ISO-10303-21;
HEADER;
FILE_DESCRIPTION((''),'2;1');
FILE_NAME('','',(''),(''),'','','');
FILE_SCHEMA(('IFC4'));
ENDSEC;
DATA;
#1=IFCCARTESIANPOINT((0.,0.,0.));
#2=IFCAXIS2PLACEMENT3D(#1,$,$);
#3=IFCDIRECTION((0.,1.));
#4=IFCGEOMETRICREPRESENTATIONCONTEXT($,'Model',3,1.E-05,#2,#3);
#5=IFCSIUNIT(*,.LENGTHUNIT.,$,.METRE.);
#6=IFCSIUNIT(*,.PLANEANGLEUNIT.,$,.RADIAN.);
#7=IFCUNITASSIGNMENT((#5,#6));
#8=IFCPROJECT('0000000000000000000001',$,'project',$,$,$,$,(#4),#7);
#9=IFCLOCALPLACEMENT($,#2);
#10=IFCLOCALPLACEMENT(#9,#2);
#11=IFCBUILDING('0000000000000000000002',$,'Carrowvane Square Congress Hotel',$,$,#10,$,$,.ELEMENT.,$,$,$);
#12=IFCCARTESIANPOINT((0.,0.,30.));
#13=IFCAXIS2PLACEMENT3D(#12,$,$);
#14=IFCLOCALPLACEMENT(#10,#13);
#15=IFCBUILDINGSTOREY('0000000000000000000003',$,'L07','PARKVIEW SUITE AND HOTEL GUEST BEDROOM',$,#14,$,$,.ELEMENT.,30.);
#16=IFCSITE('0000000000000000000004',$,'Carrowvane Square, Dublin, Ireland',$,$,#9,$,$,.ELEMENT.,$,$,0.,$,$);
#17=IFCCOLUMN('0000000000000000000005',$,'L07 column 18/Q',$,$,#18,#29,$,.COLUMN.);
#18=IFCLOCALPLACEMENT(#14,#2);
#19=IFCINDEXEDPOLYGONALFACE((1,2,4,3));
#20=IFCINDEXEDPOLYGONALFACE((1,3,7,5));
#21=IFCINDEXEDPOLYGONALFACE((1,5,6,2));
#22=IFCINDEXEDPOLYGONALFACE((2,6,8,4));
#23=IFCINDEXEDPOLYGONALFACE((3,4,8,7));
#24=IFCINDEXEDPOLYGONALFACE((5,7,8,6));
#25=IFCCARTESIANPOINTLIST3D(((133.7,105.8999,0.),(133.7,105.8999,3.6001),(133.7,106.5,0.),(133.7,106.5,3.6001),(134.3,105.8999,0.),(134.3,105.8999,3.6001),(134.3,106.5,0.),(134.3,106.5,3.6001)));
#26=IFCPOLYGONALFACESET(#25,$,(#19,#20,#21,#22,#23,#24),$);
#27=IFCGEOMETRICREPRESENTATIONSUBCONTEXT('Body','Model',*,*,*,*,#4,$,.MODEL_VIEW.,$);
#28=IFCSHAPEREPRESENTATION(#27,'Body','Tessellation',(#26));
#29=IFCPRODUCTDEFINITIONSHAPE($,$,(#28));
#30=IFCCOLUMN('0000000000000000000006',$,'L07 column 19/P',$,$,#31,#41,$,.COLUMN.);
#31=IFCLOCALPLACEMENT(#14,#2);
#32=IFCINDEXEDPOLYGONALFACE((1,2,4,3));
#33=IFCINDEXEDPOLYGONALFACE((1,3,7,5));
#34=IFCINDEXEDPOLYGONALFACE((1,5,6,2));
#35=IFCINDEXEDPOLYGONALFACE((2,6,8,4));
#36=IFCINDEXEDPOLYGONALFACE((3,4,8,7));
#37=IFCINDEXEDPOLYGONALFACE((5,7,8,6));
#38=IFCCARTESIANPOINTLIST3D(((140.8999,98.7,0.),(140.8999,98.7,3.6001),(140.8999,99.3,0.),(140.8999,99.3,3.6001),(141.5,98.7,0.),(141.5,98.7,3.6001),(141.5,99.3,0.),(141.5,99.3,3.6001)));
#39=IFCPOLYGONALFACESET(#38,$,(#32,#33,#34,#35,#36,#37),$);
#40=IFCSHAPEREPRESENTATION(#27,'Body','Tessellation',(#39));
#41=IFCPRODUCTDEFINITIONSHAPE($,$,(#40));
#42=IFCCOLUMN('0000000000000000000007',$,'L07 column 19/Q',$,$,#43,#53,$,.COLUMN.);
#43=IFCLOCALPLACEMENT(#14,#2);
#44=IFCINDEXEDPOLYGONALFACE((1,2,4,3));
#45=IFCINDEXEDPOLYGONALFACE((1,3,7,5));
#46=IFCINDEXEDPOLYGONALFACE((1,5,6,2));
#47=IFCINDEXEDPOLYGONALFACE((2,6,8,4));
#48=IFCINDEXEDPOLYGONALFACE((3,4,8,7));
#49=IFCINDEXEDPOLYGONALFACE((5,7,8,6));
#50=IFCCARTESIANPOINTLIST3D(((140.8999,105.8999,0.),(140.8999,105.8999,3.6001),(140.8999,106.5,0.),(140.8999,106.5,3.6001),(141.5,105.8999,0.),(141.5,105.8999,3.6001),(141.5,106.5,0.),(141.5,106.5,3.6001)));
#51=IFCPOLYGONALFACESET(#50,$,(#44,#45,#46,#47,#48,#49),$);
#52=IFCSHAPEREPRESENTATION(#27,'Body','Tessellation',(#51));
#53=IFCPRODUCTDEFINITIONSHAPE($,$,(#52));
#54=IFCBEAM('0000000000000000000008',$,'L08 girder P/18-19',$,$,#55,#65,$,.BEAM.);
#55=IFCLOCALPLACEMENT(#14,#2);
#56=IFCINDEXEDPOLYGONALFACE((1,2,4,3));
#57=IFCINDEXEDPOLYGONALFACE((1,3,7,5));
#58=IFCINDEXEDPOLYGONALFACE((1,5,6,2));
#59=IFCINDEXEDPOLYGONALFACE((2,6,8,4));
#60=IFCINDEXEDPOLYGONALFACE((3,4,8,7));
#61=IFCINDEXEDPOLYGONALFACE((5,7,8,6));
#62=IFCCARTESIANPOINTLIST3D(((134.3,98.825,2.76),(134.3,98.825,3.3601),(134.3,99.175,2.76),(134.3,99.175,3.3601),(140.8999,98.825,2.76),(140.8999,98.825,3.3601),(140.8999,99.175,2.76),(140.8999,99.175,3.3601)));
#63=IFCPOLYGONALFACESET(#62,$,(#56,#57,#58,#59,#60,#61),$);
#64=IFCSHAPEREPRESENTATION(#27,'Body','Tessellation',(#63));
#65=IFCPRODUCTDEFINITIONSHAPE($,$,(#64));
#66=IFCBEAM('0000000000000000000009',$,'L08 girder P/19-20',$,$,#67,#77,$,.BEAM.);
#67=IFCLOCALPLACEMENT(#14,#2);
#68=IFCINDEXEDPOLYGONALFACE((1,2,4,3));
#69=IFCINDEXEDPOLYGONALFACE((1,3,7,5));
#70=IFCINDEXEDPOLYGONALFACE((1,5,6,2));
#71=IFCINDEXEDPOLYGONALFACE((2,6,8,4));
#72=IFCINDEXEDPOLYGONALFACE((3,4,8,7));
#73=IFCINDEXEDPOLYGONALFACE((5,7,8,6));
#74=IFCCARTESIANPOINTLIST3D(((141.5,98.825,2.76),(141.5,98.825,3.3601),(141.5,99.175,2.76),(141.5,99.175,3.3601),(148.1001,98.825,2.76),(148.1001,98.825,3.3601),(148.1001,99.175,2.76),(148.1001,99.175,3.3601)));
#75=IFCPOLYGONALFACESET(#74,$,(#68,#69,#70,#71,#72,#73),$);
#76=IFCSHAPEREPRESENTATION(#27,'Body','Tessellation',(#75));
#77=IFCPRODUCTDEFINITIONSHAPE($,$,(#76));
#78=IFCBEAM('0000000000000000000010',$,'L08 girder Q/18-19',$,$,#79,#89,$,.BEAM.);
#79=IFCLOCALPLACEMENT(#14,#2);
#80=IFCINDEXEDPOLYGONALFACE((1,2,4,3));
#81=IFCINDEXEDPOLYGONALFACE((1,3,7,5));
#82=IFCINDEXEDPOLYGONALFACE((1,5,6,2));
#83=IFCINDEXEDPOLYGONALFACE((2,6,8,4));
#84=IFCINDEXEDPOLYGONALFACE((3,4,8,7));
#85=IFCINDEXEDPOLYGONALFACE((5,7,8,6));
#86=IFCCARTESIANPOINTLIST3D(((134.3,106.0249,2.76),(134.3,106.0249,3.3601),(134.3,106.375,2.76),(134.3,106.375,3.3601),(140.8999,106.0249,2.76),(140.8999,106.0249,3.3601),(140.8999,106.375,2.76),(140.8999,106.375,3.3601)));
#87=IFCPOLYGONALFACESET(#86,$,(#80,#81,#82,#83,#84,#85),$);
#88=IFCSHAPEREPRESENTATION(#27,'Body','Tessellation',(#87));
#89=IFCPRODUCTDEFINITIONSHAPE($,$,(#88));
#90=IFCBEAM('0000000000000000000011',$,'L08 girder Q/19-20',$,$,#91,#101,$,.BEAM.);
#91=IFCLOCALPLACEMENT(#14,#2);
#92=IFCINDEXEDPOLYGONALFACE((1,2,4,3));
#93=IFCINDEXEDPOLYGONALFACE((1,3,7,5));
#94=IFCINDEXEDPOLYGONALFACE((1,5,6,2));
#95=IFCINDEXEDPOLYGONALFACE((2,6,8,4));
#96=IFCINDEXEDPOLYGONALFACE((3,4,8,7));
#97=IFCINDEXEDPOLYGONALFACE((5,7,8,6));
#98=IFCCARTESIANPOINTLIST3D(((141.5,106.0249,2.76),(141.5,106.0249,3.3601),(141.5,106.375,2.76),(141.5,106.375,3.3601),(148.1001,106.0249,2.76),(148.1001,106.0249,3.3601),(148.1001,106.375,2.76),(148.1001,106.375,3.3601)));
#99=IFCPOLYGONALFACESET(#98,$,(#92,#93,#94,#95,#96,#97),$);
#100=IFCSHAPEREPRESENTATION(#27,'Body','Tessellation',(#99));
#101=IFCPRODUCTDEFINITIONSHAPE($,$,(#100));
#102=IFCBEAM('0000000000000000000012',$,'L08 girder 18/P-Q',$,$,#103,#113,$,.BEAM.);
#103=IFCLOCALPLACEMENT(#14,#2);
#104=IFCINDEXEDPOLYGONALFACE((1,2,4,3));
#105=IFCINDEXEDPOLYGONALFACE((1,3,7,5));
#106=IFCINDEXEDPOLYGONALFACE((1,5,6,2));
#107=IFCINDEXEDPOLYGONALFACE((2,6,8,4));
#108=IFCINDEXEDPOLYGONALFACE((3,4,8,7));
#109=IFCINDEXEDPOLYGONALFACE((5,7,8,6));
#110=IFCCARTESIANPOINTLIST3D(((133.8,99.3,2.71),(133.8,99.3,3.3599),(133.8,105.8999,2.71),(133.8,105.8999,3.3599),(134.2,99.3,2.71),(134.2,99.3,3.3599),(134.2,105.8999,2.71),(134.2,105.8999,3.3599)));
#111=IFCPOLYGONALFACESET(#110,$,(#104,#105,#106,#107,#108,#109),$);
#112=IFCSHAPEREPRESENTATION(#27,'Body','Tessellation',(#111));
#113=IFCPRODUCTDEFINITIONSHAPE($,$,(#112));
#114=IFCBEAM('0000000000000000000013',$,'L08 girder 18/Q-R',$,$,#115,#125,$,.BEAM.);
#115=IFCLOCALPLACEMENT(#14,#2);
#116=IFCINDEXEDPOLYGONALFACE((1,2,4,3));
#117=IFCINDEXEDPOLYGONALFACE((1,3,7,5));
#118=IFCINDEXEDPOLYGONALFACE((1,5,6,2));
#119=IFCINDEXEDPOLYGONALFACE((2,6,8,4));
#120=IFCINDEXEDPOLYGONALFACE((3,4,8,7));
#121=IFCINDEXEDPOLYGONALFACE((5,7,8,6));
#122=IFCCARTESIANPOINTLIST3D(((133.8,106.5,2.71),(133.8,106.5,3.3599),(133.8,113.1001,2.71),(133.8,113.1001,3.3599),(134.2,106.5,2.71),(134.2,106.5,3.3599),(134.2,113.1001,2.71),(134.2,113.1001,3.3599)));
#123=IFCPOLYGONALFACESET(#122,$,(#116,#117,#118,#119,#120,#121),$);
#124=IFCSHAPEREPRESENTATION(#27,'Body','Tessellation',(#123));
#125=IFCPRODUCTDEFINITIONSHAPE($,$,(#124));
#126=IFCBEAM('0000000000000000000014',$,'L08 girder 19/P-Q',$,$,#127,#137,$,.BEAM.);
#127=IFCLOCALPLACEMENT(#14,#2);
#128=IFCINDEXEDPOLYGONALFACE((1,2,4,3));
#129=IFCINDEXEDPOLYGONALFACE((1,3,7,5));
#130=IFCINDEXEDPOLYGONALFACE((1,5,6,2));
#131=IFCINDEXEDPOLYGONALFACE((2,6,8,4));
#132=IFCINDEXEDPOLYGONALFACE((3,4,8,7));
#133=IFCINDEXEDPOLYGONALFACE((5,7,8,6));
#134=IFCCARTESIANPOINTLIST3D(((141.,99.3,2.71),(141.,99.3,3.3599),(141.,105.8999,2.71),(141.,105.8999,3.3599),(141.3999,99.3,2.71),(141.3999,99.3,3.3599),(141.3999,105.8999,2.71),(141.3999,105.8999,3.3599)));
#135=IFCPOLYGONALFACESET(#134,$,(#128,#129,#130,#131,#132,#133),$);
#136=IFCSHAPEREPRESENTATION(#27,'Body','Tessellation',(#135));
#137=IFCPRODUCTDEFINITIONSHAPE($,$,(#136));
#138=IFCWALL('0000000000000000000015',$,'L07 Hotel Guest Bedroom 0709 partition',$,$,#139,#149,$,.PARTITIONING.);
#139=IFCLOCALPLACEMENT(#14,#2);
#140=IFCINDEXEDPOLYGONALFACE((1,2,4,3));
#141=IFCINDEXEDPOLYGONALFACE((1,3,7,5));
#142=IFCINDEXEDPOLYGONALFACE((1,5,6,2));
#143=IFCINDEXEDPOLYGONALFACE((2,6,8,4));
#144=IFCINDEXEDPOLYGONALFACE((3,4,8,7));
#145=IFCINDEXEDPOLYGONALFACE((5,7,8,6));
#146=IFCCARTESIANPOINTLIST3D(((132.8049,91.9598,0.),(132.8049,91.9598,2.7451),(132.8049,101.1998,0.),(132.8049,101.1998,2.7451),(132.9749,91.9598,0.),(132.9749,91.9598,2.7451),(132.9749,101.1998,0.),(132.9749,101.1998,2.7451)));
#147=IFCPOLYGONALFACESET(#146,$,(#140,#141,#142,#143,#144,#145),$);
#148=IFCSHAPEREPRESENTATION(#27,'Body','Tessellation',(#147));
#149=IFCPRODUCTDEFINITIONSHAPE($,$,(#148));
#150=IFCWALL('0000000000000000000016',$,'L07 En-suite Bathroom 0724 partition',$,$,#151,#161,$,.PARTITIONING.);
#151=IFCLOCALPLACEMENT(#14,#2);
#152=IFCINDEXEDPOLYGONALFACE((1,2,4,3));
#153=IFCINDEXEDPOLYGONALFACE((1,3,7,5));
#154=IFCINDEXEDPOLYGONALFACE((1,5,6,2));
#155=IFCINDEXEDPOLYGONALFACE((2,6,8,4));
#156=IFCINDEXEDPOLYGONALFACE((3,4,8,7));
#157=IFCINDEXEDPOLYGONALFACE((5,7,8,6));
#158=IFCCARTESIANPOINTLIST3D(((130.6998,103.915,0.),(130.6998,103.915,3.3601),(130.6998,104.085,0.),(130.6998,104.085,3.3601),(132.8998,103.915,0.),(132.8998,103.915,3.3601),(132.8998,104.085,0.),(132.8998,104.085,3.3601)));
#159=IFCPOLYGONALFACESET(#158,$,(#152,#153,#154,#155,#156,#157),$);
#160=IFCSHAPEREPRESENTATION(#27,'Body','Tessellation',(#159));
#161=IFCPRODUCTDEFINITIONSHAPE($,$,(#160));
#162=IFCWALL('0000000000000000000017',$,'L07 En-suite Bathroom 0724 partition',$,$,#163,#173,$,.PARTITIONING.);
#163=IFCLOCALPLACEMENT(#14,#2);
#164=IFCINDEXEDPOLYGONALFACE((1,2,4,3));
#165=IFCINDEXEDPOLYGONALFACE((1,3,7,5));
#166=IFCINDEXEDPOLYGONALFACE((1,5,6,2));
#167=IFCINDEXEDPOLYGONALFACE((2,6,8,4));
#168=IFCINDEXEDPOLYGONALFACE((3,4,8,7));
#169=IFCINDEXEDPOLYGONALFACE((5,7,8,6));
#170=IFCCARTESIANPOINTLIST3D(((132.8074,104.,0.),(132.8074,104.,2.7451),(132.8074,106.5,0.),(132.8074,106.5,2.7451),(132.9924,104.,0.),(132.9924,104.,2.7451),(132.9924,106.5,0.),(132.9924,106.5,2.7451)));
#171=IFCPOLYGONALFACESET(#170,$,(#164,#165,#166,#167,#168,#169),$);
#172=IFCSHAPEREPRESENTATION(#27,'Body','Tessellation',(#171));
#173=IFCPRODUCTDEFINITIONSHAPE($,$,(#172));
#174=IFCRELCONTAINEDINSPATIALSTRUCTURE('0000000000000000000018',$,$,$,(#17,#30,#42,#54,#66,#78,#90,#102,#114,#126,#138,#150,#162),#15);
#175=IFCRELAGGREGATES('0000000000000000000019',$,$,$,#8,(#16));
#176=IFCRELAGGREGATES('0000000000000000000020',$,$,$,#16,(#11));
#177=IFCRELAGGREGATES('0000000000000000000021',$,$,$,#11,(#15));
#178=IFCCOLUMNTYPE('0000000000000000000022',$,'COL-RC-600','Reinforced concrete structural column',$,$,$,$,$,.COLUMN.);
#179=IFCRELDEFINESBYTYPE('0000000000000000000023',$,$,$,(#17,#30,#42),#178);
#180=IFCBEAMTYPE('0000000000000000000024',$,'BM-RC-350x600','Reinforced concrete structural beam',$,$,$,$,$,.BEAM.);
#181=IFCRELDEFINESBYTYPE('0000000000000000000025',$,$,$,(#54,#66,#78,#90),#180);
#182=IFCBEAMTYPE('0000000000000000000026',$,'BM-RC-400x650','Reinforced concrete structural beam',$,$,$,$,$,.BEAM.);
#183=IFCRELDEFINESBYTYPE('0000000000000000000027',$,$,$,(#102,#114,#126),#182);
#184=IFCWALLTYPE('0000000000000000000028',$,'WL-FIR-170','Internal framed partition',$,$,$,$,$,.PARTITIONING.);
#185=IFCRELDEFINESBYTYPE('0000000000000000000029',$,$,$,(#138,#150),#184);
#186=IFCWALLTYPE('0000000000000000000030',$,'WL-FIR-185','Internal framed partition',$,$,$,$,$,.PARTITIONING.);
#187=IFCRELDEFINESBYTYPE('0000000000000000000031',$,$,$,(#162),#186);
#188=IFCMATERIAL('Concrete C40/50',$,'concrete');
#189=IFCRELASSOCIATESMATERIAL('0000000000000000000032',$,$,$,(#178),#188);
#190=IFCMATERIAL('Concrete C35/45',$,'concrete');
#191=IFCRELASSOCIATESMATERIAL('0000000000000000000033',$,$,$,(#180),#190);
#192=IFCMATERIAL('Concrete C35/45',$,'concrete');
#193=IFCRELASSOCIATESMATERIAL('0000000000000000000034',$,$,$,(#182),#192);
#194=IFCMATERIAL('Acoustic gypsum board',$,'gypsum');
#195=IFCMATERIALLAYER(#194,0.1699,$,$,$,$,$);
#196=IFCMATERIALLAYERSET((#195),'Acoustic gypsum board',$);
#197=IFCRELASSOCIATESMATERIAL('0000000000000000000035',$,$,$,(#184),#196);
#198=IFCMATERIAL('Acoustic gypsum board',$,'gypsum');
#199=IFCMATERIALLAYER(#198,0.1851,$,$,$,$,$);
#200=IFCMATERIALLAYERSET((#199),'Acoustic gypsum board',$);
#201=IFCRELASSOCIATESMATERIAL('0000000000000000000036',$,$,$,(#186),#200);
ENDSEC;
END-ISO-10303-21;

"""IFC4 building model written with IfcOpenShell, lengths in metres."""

from ifc_helpers import new_model, si_unit, direction, frame, frame_2d, origin, origin_2d, place, context, subcontext, project, spatial, rectangle, extrude, material, layer, layer_set, material_profile, profile_set, type_object, element, save


model = new_model("IFC4")

# Units and contexts
model_context = context("Model", 3, precision=1e-05, world=origin(), true_north=direction((0.0, 1.0)))
body_context = subcontext(model_context, "Body", "Model", "MODEL_VIEW")
ifc_project = project(units=[si_unit("LENGTHUNIT", "METRE"), si_unit("PLANEANGLEUNIT", "RADIAN")], contexts=[model_context])

# Site, building, storey
site_placement = place(None, origin())
site = spatial("IfcSite", under=ifc_project, at=site_placement, Name="Carrowvane Square, Dublin, Ireland", CompositionType="ELEMENT", RefElevation=0.0)
building_placement = place(site_placement, origin())
building = spatial("IfcBuilding", under=site, at=building_placement, Name="Carrowvane Square Congress Hotel", CompositionType="ELEMENT")
storey_placement = place(building_placement, frame((0.0, 0.0, 30.0)))
storey = spatial("IfcBuildingStorey", under=building, at=storey_placement, Name="L07", Description="PARKVIEW SUITE AND HOTEL GUEST BEDROOM", CompositionType="ELEMENT", Elevation=30.0)

# Columns
ifc_material_1 = material(Name="Concrete C40/50", Category="concrete")
ifc_material_profile_1 = material_profile(ifc_material_1, rectangle(XDim=0.6001, YDim=0.6001, at=origin_2d()), Name="RC 600x600")
ifc_profile_set_1 = profile_set([ifc_material_profile_1], Name="Concrete C40/50")
column_type = type_object("IfcColumnType", Name="COL-RC-600", Description="Reinforced concrete structural column", PredefinedType="COLUMN", material=ifc_profile_set_1)
for number, where, z_axis, x_axis, name in (
    (1, (134.0, 106.2, 0.0), (0.0, 0.0, 1.0), (1.0, 0.0, 0.0), "L07 column 18/Q"),
    (2, (141.2, 99.0, 0.0), (0.0, 0.0, 1.0), (1.0, 0.0, 0.0), "L07 column 19/P"),
    (3, (141.2, 106.2, 0.0), (0.0, 0.0, 1.0), (1.0, 0.0, 0.0), "L07 column 19/Q"),
):
    element("IfcColumn", number, at=place(storey_placement, frame(where, z_axis=z_axis, x_axis=x_axis)), inside=storey, type_object=column_type, Name=name, PredefinedType="COLUMN", context=body_context, shape_type="SweptSolid", body=[
        extrude(rectangle(XDim=0.6001, YDim=0.6001, at=origin_2d()), origin(), (0.0, 0.0, 1.0), 3.6001),
    ])

# Beams
ifc_material_2 = material(Name="Concrete C35/45", Category="concrete")
ifc_material_profile_2 = material_profile(ifc_material_2, rectangle(XDim=0.3501, YDim=0.6001, at=origin_2d()), Name="RC 350x600")
ifc_profile_set_2 = profile_set([ifc_material_profile_2], Name="Concrete C35/45")
beam_type_1 = type_object("IfcBeamType", Name="BM-RC-350x600", Description="Reinforced concrete structural beam", PredefinedType="BEAM", material=ifc_profile_set_2)
beam_1_placement = place(storey_placement, frame((134.3, 99.0, 3.0601), z_axis=(1.0, 0.0, 0.0), x_axis=(0.0, 1.0, 0.0)))
element("IfcBeam", 4, at=beam_1_placement, inside=storey, type_object=beam_type_1, Name="L08 girder P/18-19", PredefinedType="BEAM", context=body_context, shape_type="SweptSolid", body=[
    extrude(rectangle(XDim=0.3501, YDim=0.6001, at=origin_2d()), origin(), (0.0, 0.0, 1.0), 6.5999),
])
beam_2_placement = place(storey_placement, frame((141.5, 99.0, 3.0601), z_axis=(1.0, 0.0, 0.0), x_axis=(0.0, 1.0, 0.0)))
element("IfcBeam", 5, at=beam_2_placement, inside=storey, type_object=beam_type_1, Name="L08 girder P/19-20", PredefinedType="BEAM", context=body_context, shape_type="SweptSolid", body=[
    extrude(rectangle(XDim=0.3501, YDim=0.6001, at=origin_2d()), origin(), (0.0, 0.0, 1.0), 6.6001),
])
beam_3_placement = place(storey_placement, frame((134.3, 106.2, 3.0601), z_axis=(1.0, 0.0, 0.0), x_axis=(0.0, 1.0, 0.0)))
element("IfcBeam", 6, at=beam_3_placement, inside=storey, type_object=beam_type_1, Name="L08 girder Q/18-19", PredefinedType="BEAM", context=body_context, shape_type="SweptSolid", body=[
    extrude(rectangle(XDim=0.3501, YDim=0.6001, at=origin_2d()), origin(), (0.0, 0.0, 1.0), 6.5999),
])
beam_4_placement = place(storey_placement, frame((141.5, 106.2, 3.0601), z_axis=(1.0, 0.0, 0.0), x_axis=(0.0, 1.0, 0.0)))
element("IfcBeam", 7, at=beam_4_placement, inside=storey, type_object=beam_type_1, Name="L08 girder Q/19-20", PredefinedType="BEAM", context=body_context, shape_type="SweptSolid", body=[
    extrude(rectangle(XDim=0.3501, YDim=0.6001, at=origin_2d()), origin(), (0.0, 0.0, 1.0), 6.6001),
])
ifc_material_3 = material(Name="Concrete C35/45", Category="concrete")
ifc_material_profile_3 = material_profile(ifc_material_3, rectangle(XDim=0.3999, YDim=0.6499, at=origin_2d()), Name="RC 400x650")
ifc_profile_set_3 = profile_set([ifc_material_profile_3], Name="Concrete C35/45")
beam_type_2 = type_object("IfcBeamType", Name="BM-RC-400x650", Description="Reinforced concrete structural beam", PredefinedType="BEAM", material=ifc_profile_set_3)
beam_5_placement = place(storey_placement, frame((134.0, 99.3, 3.0349), z_axis=(0.0, 1.0, 0.0), x_axis=(-1.0, 0.0, 0.0)))
element("IfcBeam", 8, at=beam_5_placement, inside=storey, type_object=beam_type_2, Name="L08 girder 18/P-Q", PredefinedType="BEAM", context=body_context, shape_type="SweptSolid", body=[
    extrude(rectangle(XDim=0.3999, YDim=0.6499, at=origin_2d()), origin(), (0.0, 0.0, 1.0), 6.5999),
])
beam_6_placement = place(storey_placement, frame((134.0, 106.5, 3.0349), z_axis=(0.0, 1.0, 0.0), x_axis=(-1.0, 0.0, 0.0)))
element("IfcBeam", 9, at=beam_6_placement, inside=storey, type_object=beam_type_2, Name="L08 girder 18/Q-R", PredefinedType="BEAM", context=body_context, shape_type="SweptSolid", body=[
    extrude(rectangle(XDim=0.3999, YDim=0.6499, at=origin_2d()), origin(), (0.0, 0.0, 1.0), 6.6001),
])
beam_7_placement = place(storey_placement, frame((141.2, 99.3, 3.0349), z_axis=(0.0, 1.0, 0.0), x_axis=(-1.0, 0.0, 0.0)))
element("IfcBeam", 10, at=beam_7_placement, inside=storey, type_object=beam_type_2, Name="L08 girder 19/P-Q", PredefinedType="BEAM", context=body_context, shape_type="SweptSolid", body=[
    extrude(rectangle(XDim=0.3999, YDim=0.6499, at=origin_2d()), origin(), (0.0, 0.0, 1.0), 6.5999),
])

# Walls
ifc_material_4 = material(Name="Acoustic gypsum board", Category="gypsum")
ifc_layer_1 = layer(ifc_material_4, 0.1699)
ifc_layer_set_1 = layer_set([ifc_layer_1], Name="Acoustic gypsum board")
wall_type_1 = type_object("IfcWallType", Name="WL-FIR-170", Description="Internal framed partition", PredefinedType="PARTITIONING", material=ifc_layer_set_1)
wall_1_placement = place(storey_placement, frame((132.8899, 101.2, 0.0), z_axis=(0.0, 0.0, 1.0), x_axis=(0.0, -1.0, 0.0)))
element("IfcWall", 11, at=wall_1_placement, inside=storey, type_object=wall_type_1, Name="L07 Hotel Guest Bedroom 0709 partition", PredefinedType="PARTITIONING", context=body_context, shape_type="SweptSolid", body=[
    extrude(rectangle(XDim=9.24, YDim=0.1699, at=frame_2d((4.6201, 0.0))), origin(), (0.0, 0.0, 1.0), 2.7451),
])
wall_2_placement = place(storey_placement, frame((132.8999, 104.0, 0.0), z_axis=(0.0, 0.0, 1.0), x_axis=(-1.0, 0.0, 0.0)))
element("IfcWall", 12, at=wall_2_placement, inside=storey, type_object=wall_type_1, Name="L07 En-suite Bathroom 0724 partition", PredefinedType="PARTITIONING", context=body_context, shape_type="SweptSolid", body=[
    extrude(rectangle(XDim=2.2, YDim=0.1699, at=frame_2d((1.1001, 0.0))), origin(), (0.0, 0.0, 1.0), 3.3601),
])
ifc_material_5 = material(Name="Acoustic gypsum board", Category="gypsum")
ifc_layer_2 = layer(ifc_material_5, 0.1851)
ifc_layer_set_2 = layer_set([ifc_layer_2], Name="Acoustic gypsum board")
wall_type_2 = type_object("IfcWallType", Name="WL-FIR-185", Description="Internal framed partition", PredefinedType="PARTITIONING", material=ifc_layer_set_2)
wall_3_placement = place(storey_placement, frame((132.8999, 106.5, 0.0), z_axis=(0.0, 0.0, 1.0), x_axis=(0.0, -1.0, 0.0)))
element("IfcWall", 13, at=wall_3_placement, inside=storey, type_object=wall_type_2, Name="L07 En-suite Bathroom 0724 partition", PredefinedType="PARTITIONING", context=body_context, shape_type="SweptSolid", body=[
    extrude(rectangle(XDim=2.5, YDim=0.1851, at=frame_2d((1.25, 0.0))), origin(), (0.0, 0.0, 1.0), 2.7451),
])

save(model, "model.ifc")
